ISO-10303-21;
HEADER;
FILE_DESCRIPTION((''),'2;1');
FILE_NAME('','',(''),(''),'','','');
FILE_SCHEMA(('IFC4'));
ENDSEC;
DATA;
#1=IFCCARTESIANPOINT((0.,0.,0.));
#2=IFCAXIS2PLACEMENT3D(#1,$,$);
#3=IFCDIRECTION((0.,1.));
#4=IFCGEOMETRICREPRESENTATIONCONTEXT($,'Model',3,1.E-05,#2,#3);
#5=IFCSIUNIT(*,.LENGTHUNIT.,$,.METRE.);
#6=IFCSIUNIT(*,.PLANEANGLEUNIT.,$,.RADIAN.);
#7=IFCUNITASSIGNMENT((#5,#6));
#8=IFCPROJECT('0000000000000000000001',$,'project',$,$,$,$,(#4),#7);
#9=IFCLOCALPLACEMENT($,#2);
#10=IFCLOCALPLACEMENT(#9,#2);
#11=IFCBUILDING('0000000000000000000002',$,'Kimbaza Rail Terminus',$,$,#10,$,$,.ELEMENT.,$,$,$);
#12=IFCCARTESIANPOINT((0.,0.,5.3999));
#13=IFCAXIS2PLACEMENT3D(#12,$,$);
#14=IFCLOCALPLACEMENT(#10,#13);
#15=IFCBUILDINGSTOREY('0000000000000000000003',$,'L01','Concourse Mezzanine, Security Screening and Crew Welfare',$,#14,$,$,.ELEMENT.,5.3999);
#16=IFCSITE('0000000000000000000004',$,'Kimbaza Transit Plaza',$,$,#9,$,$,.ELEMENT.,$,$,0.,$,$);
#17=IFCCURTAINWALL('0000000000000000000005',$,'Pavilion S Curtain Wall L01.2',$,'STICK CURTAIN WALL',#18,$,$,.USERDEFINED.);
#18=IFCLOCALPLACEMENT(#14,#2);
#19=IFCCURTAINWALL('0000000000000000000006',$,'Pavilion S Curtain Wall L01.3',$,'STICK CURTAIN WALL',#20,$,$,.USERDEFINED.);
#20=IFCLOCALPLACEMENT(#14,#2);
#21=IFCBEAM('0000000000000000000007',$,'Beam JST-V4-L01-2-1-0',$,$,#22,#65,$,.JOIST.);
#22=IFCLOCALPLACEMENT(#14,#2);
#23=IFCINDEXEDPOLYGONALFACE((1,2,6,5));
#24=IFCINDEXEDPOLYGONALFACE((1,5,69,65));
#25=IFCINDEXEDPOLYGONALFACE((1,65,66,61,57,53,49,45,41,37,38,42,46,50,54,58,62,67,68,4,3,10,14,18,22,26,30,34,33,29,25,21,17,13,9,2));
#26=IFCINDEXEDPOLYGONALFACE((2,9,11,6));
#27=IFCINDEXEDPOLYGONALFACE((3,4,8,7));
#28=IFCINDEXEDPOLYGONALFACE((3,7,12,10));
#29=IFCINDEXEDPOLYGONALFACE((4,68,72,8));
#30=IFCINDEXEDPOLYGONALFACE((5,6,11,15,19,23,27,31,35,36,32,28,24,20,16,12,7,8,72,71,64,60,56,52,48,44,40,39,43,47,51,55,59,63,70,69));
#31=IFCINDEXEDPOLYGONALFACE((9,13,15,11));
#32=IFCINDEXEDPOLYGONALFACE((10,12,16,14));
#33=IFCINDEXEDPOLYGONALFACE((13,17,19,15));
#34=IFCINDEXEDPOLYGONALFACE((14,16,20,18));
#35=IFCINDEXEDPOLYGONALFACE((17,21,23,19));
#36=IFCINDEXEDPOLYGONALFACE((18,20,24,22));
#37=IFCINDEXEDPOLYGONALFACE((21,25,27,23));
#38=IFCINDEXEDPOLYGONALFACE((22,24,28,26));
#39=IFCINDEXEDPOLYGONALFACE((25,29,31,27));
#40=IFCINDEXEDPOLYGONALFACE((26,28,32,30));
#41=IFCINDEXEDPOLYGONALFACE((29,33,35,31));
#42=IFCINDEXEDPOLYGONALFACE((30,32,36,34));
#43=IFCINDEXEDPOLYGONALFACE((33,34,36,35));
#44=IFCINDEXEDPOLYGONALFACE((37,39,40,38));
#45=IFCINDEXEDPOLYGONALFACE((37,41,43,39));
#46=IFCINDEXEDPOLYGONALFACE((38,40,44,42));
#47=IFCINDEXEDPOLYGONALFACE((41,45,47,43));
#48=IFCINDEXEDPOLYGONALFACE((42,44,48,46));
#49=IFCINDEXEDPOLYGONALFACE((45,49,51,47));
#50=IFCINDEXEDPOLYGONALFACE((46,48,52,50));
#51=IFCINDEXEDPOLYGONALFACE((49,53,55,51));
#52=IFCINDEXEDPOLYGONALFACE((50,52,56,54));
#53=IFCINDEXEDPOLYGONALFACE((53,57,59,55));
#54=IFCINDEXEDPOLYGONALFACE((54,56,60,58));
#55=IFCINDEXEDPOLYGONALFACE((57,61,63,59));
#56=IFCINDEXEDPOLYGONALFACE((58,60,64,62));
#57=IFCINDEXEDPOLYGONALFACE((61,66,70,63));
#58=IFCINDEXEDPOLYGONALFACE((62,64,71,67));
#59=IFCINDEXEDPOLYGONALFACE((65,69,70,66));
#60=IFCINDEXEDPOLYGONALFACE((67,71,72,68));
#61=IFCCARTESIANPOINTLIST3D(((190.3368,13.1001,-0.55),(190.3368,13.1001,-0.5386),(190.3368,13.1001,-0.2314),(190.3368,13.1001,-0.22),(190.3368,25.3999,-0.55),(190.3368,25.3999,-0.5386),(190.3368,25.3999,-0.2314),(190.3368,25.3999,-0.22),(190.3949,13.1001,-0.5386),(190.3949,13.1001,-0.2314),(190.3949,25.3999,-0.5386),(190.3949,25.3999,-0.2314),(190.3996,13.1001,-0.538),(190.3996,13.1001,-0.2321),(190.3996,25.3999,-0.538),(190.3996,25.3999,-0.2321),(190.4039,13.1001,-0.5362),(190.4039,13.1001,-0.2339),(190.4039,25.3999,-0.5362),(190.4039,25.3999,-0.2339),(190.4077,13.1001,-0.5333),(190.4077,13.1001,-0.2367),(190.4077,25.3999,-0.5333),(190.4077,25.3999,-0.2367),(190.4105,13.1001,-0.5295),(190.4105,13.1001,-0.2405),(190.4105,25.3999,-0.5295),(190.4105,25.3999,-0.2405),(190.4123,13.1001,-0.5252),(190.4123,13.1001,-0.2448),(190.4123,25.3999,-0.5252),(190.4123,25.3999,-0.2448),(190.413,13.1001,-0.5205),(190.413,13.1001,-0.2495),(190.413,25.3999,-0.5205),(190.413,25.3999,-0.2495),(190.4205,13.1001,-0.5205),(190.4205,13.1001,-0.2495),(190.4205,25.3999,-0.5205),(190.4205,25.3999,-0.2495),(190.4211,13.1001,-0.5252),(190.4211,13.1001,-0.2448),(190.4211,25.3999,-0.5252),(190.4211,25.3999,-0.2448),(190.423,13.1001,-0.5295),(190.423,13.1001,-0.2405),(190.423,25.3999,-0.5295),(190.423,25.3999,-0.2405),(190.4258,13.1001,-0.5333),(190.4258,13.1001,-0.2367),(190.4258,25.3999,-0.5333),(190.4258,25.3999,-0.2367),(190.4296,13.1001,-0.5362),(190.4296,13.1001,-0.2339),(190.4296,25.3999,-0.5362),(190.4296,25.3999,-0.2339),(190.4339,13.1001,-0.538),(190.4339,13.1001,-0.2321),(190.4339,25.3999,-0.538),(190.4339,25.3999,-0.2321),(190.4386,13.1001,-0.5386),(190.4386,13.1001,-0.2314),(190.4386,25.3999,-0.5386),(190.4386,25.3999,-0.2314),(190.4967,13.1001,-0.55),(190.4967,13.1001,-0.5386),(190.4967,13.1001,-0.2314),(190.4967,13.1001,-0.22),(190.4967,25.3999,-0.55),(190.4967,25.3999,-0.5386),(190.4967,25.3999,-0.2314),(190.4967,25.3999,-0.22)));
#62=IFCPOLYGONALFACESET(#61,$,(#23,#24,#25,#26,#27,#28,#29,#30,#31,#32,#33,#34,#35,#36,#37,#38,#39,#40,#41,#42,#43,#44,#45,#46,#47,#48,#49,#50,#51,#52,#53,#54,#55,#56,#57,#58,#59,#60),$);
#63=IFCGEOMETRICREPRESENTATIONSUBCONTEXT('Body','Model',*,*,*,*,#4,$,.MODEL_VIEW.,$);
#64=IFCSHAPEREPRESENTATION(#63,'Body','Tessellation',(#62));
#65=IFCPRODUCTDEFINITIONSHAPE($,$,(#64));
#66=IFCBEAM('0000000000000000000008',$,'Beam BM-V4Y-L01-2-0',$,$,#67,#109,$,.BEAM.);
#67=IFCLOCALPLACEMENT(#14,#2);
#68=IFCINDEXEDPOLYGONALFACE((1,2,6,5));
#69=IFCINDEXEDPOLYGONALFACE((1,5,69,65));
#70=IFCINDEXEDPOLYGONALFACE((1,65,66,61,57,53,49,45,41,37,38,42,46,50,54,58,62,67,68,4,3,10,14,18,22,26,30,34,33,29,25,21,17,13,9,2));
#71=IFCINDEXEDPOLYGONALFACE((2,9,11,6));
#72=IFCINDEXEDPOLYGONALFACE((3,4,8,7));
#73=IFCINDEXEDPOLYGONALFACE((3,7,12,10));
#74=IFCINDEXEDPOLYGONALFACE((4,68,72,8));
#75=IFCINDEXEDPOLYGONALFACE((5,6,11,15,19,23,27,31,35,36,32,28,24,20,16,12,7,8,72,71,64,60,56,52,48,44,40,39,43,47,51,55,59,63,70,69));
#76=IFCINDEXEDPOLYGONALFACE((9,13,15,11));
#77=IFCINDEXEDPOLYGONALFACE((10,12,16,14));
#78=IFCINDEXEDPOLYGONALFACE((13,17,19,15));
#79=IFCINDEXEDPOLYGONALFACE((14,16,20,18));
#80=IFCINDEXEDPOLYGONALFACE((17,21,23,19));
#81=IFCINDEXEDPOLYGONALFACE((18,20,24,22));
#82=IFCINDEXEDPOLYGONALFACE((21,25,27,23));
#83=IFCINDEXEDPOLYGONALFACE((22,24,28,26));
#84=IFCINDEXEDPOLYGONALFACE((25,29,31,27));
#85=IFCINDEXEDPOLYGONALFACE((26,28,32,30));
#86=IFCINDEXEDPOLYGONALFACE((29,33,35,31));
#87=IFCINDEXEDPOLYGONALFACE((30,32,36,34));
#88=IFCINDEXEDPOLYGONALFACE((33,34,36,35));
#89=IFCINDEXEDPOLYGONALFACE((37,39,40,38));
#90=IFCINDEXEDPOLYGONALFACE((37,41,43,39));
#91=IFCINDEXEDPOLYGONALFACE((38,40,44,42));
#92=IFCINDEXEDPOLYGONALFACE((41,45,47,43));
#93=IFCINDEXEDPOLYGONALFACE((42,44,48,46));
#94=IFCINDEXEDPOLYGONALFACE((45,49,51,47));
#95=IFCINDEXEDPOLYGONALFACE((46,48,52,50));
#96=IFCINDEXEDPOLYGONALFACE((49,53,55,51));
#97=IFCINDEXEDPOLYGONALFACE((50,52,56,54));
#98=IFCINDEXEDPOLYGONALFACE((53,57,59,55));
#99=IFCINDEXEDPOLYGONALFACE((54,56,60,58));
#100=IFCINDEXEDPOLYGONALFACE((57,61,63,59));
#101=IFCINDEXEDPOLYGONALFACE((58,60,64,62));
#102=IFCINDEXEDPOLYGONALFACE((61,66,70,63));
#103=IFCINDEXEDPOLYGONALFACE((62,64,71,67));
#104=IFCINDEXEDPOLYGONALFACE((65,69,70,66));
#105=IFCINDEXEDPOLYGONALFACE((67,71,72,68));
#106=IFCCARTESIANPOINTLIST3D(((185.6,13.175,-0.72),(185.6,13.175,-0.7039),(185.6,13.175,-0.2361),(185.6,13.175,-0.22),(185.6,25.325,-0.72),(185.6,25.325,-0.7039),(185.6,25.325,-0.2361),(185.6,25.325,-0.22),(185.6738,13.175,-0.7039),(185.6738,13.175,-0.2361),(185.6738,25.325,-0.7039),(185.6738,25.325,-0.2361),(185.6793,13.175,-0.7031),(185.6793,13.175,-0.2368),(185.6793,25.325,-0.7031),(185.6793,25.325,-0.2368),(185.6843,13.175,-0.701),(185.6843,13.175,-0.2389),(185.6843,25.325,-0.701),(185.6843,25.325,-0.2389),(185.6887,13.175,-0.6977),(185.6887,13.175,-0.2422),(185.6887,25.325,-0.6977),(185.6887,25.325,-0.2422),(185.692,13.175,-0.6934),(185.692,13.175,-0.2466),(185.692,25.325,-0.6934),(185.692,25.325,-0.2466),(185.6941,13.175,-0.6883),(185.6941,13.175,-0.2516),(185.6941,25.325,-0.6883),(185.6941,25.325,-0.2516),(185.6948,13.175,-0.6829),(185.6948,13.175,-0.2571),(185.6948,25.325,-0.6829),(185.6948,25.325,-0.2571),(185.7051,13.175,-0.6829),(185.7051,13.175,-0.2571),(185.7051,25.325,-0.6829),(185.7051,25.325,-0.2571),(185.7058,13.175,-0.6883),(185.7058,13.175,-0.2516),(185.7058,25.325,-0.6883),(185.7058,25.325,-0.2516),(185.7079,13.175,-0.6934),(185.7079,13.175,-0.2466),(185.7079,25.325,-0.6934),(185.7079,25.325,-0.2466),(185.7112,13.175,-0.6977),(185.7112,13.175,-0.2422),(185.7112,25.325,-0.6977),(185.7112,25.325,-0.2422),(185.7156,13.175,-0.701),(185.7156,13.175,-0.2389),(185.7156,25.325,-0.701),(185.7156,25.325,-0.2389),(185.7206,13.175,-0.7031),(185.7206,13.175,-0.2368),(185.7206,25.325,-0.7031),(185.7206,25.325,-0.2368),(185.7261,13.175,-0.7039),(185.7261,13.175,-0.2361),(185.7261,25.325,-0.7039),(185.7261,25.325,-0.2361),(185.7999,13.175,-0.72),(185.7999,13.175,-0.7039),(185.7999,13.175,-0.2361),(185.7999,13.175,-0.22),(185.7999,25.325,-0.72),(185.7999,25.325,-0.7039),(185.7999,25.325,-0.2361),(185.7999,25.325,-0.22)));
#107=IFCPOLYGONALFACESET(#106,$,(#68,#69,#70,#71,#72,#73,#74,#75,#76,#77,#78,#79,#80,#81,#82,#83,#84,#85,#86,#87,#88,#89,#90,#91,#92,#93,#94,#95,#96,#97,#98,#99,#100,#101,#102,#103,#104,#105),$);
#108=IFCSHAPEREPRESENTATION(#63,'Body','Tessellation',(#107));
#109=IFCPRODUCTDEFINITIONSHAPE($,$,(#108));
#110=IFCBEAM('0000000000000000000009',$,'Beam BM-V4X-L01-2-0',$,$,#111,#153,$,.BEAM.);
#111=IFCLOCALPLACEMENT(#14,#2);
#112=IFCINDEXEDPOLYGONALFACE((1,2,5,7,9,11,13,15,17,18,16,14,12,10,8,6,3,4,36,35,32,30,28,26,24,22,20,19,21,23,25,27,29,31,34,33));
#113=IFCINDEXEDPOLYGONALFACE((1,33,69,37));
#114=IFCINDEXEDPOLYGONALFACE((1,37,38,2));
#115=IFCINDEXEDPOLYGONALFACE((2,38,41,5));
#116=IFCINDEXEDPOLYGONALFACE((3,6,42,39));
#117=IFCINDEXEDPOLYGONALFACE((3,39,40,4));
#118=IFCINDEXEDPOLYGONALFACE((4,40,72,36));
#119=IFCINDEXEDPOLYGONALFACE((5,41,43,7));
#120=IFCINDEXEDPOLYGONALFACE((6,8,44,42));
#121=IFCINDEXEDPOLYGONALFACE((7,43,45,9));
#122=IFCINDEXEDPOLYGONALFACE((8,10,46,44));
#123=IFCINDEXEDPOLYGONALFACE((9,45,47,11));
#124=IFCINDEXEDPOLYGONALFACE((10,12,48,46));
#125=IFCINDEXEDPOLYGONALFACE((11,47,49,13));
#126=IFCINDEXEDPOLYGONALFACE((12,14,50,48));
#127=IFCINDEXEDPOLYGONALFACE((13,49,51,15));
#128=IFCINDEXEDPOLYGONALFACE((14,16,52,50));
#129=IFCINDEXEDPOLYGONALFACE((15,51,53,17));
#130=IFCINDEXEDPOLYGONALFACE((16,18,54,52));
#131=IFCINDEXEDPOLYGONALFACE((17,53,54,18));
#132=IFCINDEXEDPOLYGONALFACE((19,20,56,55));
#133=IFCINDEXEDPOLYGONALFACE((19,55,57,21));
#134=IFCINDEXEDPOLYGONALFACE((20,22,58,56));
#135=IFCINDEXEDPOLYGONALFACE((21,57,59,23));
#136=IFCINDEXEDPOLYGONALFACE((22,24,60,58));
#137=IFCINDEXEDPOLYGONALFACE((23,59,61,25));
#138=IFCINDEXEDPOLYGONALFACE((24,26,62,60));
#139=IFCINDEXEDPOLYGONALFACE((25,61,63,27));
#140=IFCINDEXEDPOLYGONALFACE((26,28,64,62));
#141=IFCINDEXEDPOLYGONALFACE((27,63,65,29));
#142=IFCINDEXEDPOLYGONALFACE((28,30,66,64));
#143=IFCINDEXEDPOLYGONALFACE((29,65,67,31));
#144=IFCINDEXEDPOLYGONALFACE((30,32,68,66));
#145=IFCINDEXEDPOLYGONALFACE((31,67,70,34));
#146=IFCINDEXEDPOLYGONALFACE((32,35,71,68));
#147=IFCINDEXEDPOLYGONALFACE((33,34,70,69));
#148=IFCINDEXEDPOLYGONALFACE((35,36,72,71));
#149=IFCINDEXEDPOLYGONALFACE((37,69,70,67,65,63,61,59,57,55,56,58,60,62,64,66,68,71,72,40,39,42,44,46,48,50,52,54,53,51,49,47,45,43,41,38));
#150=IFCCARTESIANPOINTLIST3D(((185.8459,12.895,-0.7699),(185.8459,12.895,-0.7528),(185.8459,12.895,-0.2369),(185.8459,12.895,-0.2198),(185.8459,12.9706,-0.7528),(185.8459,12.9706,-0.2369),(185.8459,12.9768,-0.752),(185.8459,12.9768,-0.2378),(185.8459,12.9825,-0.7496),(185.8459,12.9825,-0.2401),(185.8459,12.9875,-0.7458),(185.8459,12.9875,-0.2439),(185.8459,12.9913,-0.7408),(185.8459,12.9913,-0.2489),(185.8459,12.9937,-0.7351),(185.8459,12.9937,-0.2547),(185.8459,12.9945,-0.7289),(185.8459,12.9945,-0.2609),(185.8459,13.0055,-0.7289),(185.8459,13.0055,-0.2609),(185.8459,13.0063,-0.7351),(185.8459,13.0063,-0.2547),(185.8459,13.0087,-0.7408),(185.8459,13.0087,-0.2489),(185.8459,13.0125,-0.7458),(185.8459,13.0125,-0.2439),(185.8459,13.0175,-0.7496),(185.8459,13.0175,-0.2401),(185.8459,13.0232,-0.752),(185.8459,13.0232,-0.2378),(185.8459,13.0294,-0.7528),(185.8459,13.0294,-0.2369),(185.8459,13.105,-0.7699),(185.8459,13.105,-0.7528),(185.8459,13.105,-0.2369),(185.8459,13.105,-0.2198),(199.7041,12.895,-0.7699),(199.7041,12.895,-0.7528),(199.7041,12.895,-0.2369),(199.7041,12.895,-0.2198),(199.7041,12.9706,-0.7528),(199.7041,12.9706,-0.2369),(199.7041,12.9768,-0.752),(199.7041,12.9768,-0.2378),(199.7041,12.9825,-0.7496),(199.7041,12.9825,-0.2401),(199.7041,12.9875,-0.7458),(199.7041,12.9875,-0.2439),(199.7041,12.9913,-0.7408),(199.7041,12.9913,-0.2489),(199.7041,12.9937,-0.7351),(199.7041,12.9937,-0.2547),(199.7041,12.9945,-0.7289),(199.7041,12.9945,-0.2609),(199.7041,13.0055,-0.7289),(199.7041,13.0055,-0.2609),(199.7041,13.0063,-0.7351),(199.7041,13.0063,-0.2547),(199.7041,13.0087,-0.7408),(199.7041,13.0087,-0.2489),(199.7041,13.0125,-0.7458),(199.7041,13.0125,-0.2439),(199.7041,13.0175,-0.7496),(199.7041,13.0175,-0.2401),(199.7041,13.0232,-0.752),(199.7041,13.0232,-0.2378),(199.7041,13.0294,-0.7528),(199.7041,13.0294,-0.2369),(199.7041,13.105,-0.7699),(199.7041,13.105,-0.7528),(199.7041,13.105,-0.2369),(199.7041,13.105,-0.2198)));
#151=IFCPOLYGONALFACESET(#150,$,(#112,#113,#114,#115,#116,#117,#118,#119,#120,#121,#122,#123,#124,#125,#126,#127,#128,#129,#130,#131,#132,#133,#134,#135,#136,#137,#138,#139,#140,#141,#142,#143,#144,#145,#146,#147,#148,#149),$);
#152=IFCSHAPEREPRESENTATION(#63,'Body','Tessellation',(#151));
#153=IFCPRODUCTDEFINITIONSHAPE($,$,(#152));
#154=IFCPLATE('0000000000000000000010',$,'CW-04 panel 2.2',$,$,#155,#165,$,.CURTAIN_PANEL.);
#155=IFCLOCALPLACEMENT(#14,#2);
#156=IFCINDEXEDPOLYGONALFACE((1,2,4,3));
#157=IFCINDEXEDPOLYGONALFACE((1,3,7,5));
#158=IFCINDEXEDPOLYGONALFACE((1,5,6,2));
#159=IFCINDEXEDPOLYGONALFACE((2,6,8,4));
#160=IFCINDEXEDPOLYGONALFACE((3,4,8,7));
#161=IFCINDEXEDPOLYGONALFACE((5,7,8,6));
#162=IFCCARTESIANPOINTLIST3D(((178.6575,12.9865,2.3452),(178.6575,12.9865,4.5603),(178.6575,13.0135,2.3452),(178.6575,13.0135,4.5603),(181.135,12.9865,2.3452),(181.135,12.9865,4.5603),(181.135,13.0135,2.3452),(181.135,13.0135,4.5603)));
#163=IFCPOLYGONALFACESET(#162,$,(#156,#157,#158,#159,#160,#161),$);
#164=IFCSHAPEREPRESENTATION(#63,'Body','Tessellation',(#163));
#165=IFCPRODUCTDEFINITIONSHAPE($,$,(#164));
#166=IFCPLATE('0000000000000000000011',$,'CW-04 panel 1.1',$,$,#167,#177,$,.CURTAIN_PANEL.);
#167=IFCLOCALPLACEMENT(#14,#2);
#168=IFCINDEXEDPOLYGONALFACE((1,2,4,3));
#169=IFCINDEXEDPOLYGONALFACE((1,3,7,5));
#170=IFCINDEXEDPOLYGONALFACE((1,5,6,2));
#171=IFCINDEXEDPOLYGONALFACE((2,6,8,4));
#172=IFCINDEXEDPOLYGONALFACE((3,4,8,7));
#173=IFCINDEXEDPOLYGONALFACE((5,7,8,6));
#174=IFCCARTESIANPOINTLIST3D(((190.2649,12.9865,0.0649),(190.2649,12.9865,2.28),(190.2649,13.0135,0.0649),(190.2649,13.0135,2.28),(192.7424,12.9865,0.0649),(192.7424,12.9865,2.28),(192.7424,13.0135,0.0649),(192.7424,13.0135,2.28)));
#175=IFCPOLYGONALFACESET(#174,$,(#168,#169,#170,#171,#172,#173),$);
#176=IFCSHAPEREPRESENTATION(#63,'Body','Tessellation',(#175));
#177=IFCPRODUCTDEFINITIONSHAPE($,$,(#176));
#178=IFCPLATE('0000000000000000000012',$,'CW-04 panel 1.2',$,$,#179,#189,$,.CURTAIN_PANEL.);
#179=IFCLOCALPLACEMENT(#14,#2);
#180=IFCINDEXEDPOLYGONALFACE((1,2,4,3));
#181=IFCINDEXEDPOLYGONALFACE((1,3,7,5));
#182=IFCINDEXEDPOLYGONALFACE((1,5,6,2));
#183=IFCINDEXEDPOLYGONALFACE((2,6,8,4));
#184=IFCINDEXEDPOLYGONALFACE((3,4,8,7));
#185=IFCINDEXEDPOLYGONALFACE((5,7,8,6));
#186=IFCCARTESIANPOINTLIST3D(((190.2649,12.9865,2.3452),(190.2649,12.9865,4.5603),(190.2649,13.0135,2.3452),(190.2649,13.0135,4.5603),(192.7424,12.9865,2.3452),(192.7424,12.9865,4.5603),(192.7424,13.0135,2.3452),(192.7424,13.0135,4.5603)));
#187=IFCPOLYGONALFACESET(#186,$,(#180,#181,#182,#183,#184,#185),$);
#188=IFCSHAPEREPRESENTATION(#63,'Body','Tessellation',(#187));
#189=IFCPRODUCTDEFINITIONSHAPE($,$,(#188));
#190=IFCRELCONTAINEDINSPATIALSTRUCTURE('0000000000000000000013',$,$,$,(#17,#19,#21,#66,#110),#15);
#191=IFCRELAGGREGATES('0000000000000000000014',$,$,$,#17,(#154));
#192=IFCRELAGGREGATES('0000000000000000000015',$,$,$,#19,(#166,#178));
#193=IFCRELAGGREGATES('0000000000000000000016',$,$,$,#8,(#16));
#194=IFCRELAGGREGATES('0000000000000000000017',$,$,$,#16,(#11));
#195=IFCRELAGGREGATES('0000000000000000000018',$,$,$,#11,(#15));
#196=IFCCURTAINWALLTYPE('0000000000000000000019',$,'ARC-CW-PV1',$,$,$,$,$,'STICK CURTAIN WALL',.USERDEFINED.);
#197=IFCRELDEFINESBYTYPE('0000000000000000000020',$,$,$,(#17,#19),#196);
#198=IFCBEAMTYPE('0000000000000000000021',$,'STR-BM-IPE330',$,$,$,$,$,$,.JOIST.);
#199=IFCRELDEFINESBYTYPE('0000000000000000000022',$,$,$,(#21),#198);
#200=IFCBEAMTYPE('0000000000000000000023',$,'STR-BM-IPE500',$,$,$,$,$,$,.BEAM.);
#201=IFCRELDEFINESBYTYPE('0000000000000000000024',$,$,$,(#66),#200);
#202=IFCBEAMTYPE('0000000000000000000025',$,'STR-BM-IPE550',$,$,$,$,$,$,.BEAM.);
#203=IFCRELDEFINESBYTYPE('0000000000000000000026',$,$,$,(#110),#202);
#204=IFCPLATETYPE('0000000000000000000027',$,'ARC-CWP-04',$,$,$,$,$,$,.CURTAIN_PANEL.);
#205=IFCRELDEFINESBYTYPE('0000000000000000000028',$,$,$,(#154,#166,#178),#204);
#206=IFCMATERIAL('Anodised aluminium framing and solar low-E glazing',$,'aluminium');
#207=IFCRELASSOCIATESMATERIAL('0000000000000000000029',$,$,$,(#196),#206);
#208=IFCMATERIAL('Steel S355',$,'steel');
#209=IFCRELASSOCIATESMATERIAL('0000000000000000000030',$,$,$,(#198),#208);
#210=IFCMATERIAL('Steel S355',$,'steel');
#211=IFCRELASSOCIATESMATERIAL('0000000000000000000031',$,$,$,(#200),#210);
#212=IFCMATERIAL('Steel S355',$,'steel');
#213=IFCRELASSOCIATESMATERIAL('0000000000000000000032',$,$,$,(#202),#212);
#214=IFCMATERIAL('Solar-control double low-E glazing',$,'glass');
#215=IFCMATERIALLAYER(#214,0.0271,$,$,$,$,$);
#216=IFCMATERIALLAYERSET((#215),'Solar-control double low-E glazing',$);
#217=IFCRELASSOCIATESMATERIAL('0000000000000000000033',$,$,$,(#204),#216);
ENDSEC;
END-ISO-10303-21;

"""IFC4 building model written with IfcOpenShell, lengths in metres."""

from ifc_helpers import new_model, si_unit, direction, frame, origin, origin_2d, place, context, subcontext, project, spatial, rectangle, i_section, extrude, material, layer, layer_set, material_profile, profile_set, type_object, element, aggregate, save


model = new_model("IFC4")

# Units and contexts
model_context = context("Model", 3, precision=1e-05, world=origin(), true_north=direction((0.0, 1.0)))
body_context = subcontext(model_context, "Body", "Model", "MODEL_VIEW")
ifc_project = project(units=[si_unit("LENGTHUNIT", "METRE"), si_unit("PLANEANGLEUNIT", "RADIAN")], contexts=[model_context])

# Site, building, storey
site_placement = place(None, origin())
site = spatial("IfcSite", under=ifc_project, at=site_placement, Name="Kimbaza Transit Plaza", CompositionType="ELEMENT", RefElevation=0.0)
building_placement = place(site_placement, origin())
building = spatial("IfcBuilding", under=site, at=building_placement, Name="Kimbaza Rail Terminus", CompositionType="ELEMENT")
storey_placement = place(building_placement, frame((0.0, 0.0, 5.3999)))
storey = spatial("IfcBuildingStorey", under=building, at=storey_placement, Name="L01", Description="Concourse Mezzanine, Security Screening and Crew Welfare", CompositionType="ELEMENT", Elevation=5.3999)

# Curtain wall
ifc_material_1 = material(Name="Anodised aluminium framing and solar low-E glazing", Category="aluminium")
curtain_wall_type = type_object("IfcCurtainWallType", Name="ARC-CW-PV1", ElementType="STICK CURTAIN WALL", PredefinedType="USERDEFINED", material=ifc_material_1)
curtain_wall_1_placement = place(storey_placement, origin())
curtain_wall_1 = element("IfcCurtainWall", 1, at=curtain_wall_1_placement, inside=storey, type_object=curtain_wall_type, Name="Pavilion S Curtain Wall L01.2", ObjectType="STICK CURTAIN WALL", PredefinedType="USERDEFINED")

# Curtain wall
curtain_wall_2_placement = place(storey_placement, origin())
curtain_wall_2 = element("IfcCurtainWall", 2, at=curtain_wall_2_placement, inside=storey, type_object=curtain_wall_type, Name="Pavilion S Curtain Wall L01.3", ObjectType="STICK CURTAIN WALL", PredefinedType="USERDEFINED")

# Beams
ifc_material_2 = material(Name="Steel S355", Category="steel")
ifc_material_profile_1 = material_profile(ifc_material_2, i_section(OverallWidth=0.1599, OverallDepth=0.3301, WebThickness=0.0076, FlangeThickness=0.0115, FilletRadius=0.0181, at=origin_2d()), Name="IPE 330")
ifc_profile_set_1 = profile_set([ifc_material_profile_1], Name="Steel S355")
beam_type_1 = type_object("IfcBeamType", Name="STR-BM-IPE330", PredefinedType="JOIST", material=ifc_profile_set_1)
beam_1_placement = place(storey_placement, frame((190.4167, 13.1001, -0.385), z_axis=(0.0, 1.0, 0.0), x_axis=(-1.0, 0.0, 0.0)))
element("IfcBeam", 3, at=beam_1_placement, inside=storey, type_object=beam_type_1, Name="Beam JST-V4-L01-2-1-0", PredefinedType="JOIST", context=body_context, shape_type="SweptSolid", body=[
    extrude(i_section(OverallWidth=0.1599, OverallDepth=0.3301, WebThickness=0.0076, FlangeThickness=0.0115, FilletRadius=0.0181, at=origin_2d()), origin(), (0.0, 0.0, 1.0), 12.2998),
])
ifc_material_3 = material(Name="Steel S355", Category="steel")
ifc_material_profile_2 = material_profile(ifc_material_3, i_section(OverallWidth=0.2, OverallDepth=0.5, WebThickness=0.0103, FlangeThickness=0.0161, FilletRadius=0.021, at=origin_2d()), Name="IPE 500")
ifc_profile_set_2 = profile_set([ifc_material_profile_2], Name="Steel S355")
beam_type_2 = type_object("IfcBeamType", Name="STR-BM-IPE500", PredefinedType="BEAM", material=ifc_profile_set_2)
beam_2_placement = place(storey_placement, frame((185.7, 13.175, -0.47), z_axis=(0.0, 1.0, 0.0), x_axis=(-1.0, 0.0, 0.0)))
element("IfcBeam", 4, at=beam_2_placement, inside=storey, type_object=beam_type_2, Name="Beam BM-V4Y-L01-2-0", PredefinedType="BEAM", context=body_context, shape_type="SweptSolid", body=[
    extrude(i_section(OverallWidth=0.2, OverallDepth=0.5, WebThickness=0.0103, FlangeThickness=0.0161, FilletRadius=0.021, at=origin_2d()), origin(), (0.0, 0.0, 1.0), 12.1499),
])
ifc_material_4 = material(Name="Steel S355", Category="steel")
ifc_material_profile_3 = material_profile(ifc_material_4, i_section(OverallWidth=0.21, OverallDepth=0.55, WebThickness=0.011, FlangeThickness=0.0171, FilletRadius=0.0239, at=origin_2d()), Name="IPE 550")
ifc_profile_set_3 = profile_set([ifc_material_profile_3], Name="Steel S355")
beam_type_3 = type_object("IfcBeamType", Name="STR-BM-IPE550", PredefinedType="BEAM", material=ifc_profile_set_3)
beam_3_placement = place(storey_placement, frame((185.8459, 13.0, -0.4949), z_axis=(1.0, 0.0, 0.0), x_axis=(0.0, 1.0, 0.0)))
element("IfcBeam", 5, at=beam_3_placement, inside=storey, type_object=beam_type_3, Name="Beam BM-V4X-L01-2-0", PredefinedType="BEAM", context=body_context, shape_type="SweptSolid", body=[
    extrude(i_section(OverallWidth=0.21, OverallDepth=0.55, WebThickness=0.011, FlangeThickness=0.0171, FilletRadius=0.0239, at=origin_2d()), origin(), (0.0, 0.0, 1.0), 13.8582),
])

# Plates
ifc_material_5 = material(Name="Solar-control double low-E glazing", Category="glass")
ifc_layer_1 = layer(ifc_material_5, 0.0271)
ifc_layer_set_1 = layer_set([ifc_layer_1], Name="Solar-control double low-E glazing")
plate_type = type_object("IfcPlateType", Name="ARC-CWP-04", PredefinedType="CURTAIN_PANEL", material=ifc_layer_set_1)
plate_1_placement = place(storey_placement, frame((179.8962, 13.0, 2.3452), z_axis=(0.0, 0.0, 1.0), x_axis=(1.0, 0.0, 0.0)))
plate_1 = element("IfcPlate", 6, at=plate_1_placement, type_object=plate_type, Name="CW-04 panel 2.2", PredefinedType="CURTAIN_PANEL", context=body_context, shape_type="SweptSolid", body=[
    extrude(rectangle(XDim=2.4775, YDim=0.0271, at=origin_2d()), origin(), (0.0, 0.0, 1.0), 2.2151),
])
aggregate(curtain_wall_1, [plate_1])
plate_2_placement = place(storey_placement, frame((191.5037, 13.0, 0.0649), z_axis=(0.0, 0.0, 1.0), x_axis=(1.0, 0.0, 0.0)))
plate_2 = element("IfcPlate", 7, at=plate_2_placement, type_object=plate_type, Name="CW-04 panel 1.1", PredefinedType="CURTAIN_PANEL", context=body_context, shape_type="SweptSolid", body=[
    extrude(rectangle(XDim=2.4775, YDim=0.0271, at=origin_2d()), origin(), (0.0, 0.0, 1.0), 2.2151),
])
plate_3_placement = place(storey_placement, frame((191.5037, 13.0, 2.3452), z_axis=(0.0, 0.0, 1.0), x_axis=(1.0, 0.0, 0.0)))
plate_3 = element("IfcPlate", 8, at=plate_3_placement, type_object=plate_type, Name="CW-04 panel 1.2", PredefinedType="CURTAIN_PANEL", context=body_context, shape_type="SweptSolid", body=[
    extrude(rectangle(XDim=2.4775, YDim=0.0271, at=origin_2d()), origin(), (0.0, 0.0, 1.0), 2.2151),
])
aggregate(curtain_wall_2, [plate_2, plate_3])

save(model, "model.ifc")
